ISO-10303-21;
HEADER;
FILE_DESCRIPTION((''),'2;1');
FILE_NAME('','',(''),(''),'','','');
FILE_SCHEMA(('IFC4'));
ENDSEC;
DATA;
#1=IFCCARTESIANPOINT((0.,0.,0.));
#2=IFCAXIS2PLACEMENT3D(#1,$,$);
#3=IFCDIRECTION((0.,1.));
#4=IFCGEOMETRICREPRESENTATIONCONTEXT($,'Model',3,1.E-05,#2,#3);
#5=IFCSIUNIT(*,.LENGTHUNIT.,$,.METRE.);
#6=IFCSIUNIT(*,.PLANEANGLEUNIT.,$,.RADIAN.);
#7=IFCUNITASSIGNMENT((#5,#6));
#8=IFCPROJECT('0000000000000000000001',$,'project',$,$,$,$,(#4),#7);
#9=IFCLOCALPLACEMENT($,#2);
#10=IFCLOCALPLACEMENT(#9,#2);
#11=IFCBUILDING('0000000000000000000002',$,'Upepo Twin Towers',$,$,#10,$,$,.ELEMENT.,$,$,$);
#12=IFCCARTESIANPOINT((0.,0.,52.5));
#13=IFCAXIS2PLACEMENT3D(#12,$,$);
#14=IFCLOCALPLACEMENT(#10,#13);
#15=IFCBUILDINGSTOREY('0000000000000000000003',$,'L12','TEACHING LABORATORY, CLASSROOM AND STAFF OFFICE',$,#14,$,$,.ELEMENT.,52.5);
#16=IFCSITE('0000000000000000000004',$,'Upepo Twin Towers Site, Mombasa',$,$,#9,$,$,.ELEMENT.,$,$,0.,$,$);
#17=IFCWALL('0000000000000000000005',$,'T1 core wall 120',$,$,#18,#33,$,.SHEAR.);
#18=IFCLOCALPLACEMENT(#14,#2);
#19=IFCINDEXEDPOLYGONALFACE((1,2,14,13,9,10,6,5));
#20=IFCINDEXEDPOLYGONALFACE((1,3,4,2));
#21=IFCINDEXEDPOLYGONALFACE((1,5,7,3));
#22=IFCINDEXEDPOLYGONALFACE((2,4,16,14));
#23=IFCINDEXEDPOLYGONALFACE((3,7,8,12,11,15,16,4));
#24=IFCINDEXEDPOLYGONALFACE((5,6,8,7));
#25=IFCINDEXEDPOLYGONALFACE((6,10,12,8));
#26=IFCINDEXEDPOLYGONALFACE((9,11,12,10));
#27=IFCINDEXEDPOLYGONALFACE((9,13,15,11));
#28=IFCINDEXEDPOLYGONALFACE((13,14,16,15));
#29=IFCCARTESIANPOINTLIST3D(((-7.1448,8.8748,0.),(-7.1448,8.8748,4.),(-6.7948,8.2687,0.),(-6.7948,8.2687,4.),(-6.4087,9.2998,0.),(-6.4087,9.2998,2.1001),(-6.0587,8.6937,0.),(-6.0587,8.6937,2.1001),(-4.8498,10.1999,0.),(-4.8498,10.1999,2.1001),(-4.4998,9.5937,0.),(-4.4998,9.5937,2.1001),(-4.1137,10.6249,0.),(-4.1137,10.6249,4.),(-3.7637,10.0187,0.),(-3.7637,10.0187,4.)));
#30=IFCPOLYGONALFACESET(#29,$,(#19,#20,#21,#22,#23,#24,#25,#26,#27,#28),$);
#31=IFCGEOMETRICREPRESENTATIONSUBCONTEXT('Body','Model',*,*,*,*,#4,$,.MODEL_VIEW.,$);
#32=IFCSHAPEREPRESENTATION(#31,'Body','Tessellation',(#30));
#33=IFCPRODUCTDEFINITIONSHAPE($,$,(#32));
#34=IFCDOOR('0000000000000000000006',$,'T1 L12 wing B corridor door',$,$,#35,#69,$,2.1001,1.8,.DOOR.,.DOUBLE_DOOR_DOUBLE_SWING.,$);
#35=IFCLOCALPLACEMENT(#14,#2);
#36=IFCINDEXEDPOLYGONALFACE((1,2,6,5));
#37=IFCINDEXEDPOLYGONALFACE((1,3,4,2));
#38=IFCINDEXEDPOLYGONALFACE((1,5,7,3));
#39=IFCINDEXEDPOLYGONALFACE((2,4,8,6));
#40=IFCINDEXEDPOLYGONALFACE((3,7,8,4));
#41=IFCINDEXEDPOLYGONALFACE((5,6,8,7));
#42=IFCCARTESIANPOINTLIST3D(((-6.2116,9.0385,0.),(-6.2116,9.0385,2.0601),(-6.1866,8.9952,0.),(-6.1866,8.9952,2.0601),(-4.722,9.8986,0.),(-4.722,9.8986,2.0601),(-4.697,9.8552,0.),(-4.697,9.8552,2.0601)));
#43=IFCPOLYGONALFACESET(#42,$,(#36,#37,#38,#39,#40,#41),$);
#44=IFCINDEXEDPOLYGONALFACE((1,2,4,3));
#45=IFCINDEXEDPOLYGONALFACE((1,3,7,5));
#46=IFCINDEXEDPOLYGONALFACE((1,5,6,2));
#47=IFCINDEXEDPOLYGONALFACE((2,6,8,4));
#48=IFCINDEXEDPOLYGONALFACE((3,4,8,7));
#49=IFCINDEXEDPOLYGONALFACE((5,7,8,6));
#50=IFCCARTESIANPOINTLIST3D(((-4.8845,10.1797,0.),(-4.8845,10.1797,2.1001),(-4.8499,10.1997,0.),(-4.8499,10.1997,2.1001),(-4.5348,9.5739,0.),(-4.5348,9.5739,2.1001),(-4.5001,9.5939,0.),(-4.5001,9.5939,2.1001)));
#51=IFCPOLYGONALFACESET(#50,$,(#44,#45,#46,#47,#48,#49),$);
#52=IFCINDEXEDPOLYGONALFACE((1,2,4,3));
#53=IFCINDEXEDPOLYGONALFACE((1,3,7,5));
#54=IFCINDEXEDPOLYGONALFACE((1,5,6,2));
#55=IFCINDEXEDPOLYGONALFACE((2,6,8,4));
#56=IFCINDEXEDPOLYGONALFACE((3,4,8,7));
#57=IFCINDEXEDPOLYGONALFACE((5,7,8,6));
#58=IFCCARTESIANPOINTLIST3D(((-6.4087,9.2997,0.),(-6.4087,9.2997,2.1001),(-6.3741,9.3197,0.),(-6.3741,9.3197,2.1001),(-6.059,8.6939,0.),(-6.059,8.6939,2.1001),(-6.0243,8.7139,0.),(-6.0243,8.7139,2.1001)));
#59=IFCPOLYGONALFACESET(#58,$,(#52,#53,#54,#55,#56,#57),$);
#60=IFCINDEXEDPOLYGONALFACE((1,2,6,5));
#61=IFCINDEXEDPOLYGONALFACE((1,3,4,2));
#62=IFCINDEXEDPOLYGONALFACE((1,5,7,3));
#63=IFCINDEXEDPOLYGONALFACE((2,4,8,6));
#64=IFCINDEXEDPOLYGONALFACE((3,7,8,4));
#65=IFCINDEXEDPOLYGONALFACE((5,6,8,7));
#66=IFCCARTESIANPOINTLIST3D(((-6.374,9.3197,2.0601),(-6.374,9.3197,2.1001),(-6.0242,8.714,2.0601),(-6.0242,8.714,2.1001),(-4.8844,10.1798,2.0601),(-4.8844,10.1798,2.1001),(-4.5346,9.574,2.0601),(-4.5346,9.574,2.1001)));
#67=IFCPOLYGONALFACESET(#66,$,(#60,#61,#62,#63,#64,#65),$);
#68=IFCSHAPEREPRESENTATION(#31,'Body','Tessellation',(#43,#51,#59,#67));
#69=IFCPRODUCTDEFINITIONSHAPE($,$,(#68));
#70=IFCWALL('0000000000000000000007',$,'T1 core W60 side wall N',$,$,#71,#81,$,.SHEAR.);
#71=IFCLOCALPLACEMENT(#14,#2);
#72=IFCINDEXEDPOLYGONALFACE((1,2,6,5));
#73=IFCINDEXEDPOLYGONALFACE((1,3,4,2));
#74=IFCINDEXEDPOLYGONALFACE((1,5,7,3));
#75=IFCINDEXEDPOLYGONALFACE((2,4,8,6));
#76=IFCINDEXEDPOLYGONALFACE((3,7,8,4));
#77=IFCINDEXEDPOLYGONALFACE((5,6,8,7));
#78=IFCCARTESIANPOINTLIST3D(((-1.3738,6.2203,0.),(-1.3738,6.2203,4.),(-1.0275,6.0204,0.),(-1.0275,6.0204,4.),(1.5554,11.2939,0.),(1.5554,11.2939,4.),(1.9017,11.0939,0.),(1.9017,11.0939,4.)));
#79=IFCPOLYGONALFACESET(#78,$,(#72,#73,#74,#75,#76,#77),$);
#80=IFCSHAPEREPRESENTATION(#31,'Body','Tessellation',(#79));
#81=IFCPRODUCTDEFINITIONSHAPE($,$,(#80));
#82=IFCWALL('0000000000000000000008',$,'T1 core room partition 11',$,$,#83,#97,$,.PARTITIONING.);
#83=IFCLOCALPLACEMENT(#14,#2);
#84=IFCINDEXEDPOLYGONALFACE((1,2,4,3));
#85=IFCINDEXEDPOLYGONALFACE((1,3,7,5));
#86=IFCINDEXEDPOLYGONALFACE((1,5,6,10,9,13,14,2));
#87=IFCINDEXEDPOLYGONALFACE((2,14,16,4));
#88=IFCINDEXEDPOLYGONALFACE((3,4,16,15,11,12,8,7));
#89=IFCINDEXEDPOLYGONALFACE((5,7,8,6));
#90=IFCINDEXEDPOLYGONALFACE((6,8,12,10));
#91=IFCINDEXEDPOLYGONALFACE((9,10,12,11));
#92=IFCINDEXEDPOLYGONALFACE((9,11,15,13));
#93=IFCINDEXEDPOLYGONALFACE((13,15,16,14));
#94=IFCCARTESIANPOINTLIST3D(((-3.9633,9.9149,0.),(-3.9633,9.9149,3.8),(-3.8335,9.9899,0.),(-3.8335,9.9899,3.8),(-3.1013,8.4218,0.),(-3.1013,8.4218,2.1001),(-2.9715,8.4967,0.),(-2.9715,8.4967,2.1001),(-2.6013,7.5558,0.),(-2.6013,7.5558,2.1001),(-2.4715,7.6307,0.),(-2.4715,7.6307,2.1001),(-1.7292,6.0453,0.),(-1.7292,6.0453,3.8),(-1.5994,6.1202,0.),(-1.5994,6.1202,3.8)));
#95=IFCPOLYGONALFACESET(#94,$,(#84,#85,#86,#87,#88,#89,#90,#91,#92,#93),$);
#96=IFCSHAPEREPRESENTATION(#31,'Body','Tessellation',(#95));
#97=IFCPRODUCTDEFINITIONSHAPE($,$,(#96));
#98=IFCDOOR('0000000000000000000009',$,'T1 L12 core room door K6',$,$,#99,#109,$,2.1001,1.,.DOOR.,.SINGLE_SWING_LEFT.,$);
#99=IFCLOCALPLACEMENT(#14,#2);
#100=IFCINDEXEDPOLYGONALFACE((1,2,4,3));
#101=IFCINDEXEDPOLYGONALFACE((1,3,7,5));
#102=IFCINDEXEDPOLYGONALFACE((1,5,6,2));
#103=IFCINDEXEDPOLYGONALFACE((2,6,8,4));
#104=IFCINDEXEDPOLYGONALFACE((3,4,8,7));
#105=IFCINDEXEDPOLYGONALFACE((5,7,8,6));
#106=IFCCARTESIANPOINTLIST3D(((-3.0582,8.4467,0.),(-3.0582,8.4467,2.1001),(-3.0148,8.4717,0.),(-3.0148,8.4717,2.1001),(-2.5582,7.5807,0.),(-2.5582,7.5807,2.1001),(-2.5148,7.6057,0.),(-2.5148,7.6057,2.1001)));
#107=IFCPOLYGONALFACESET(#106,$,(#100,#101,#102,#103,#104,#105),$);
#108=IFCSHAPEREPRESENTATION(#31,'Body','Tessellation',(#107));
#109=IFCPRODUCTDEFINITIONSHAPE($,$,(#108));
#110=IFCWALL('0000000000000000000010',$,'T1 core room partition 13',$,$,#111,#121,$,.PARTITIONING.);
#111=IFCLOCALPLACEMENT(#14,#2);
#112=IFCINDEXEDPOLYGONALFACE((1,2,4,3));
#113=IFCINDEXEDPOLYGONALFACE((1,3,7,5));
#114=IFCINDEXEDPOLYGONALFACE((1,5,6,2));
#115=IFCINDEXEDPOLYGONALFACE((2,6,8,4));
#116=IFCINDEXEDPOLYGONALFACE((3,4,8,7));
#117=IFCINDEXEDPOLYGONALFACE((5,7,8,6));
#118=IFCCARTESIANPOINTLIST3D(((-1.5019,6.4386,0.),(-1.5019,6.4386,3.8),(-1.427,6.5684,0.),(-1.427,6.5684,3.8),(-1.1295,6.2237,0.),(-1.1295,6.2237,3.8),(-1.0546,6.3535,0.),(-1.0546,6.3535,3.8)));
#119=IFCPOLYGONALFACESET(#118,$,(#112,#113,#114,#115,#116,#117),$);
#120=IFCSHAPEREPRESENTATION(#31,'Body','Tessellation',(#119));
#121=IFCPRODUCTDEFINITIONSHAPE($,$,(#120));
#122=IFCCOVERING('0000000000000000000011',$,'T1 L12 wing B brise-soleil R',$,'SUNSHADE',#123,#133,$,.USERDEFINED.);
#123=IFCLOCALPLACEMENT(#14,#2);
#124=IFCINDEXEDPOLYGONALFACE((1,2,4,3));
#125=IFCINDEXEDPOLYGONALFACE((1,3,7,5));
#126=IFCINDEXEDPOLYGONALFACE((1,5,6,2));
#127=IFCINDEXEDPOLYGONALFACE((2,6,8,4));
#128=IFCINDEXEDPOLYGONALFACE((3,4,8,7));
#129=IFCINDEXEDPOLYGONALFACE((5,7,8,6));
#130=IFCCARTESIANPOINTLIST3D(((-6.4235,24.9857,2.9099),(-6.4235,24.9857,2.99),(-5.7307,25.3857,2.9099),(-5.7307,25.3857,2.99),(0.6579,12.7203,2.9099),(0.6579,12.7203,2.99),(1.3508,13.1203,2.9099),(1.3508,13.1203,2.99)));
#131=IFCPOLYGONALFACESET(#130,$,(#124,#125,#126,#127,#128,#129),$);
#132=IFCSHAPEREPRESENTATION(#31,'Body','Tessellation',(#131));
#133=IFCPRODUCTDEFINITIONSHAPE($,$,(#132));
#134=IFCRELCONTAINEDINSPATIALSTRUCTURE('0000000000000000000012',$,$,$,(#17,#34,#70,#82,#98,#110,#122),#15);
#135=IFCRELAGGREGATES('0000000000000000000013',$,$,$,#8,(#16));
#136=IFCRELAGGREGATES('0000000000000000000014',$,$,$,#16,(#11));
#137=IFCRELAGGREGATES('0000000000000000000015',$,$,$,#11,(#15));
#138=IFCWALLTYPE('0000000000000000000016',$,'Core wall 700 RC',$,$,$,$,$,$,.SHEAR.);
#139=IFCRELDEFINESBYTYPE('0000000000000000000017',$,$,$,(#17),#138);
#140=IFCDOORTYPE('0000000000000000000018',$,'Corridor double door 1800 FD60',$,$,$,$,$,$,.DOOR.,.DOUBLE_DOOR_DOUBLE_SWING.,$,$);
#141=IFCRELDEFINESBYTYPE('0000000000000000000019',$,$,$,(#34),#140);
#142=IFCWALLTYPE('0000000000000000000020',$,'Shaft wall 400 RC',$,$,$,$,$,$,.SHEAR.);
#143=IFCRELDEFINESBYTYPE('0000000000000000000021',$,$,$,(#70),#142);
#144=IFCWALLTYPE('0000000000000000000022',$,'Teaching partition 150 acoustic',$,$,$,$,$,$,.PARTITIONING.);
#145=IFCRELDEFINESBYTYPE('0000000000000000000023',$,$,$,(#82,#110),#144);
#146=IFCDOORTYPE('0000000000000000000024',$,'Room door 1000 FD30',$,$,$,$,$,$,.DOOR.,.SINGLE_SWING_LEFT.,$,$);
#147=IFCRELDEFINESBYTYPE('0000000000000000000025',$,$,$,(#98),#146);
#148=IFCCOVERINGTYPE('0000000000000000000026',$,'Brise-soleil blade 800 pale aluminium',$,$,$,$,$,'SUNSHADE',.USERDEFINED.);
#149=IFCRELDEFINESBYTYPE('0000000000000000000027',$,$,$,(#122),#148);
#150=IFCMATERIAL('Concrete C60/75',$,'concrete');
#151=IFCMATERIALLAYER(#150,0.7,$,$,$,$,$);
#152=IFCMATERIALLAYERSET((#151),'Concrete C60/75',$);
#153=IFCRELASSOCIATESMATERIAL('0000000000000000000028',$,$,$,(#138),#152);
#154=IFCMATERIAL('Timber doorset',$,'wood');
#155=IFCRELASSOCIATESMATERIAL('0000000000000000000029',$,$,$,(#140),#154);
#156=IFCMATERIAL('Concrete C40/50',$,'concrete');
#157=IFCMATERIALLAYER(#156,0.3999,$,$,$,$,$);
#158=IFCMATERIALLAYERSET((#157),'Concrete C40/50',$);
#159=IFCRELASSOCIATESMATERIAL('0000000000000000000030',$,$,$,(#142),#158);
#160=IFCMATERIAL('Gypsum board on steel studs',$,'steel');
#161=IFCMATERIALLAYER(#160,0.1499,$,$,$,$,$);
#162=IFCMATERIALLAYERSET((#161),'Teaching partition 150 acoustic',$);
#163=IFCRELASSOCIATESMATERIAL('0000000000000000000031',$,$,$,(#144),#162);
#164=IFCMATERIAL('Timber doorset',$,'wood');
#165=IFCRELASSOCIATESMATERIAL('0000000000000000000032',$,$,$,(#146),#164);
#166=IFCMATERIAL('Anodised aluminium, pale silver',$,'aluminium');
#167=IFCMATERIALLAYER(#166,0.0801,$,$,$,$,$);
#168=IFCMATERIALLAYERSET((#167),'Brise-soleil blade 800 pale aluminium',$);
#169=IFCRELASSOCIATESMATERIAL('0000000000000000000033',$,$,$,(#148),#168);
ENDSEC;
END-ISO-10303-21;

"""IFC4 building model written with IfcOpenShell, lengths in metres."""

from ifc_helpers import new_model, si_unit, direction, frame, frame_2d, origin, origin_2d, place, context, subcontext, project, spatial, rectangle, extrude, material, layer, layer_set, type_object, element, fill, save


model = new_model("IFC4")

# Units and contexts
model_context = context("Model", 3, precision=1e-05, world=origin(), true_north=direction((0.0, 1.0)))
body_context = subcontext(model_context, "Body", "Model", "MODEL_VIEW")
ifc_project = project(units=[si_unit("LENGTHUNIT", "METRE"), si_unit("PLANEANGLEUNIT", "RADIAN")], contexts=[model_context])

# Site, building, storey
site_placement = place(None, origin())
site = spatial("IfcSite", under=ifc_project, at=site_placement, Name="Upepo Twin Towers Site, Mombasa", CompositionType="ELEMENT", RefElevation=0.0)
building_placement = place(site_placement, origin())
building = spatial("IfcBuilding", under=site, at=building_placement, Name="Upepo Twin Towers", CompositionType="ELEMENT")
storey_placement = place(building_placement, frame((0.0, 0.0, 52.5)))
storey = spatial("IfcBuildingStorey", under=building, at=storey_placement, Name="L12", Description="TEACHING LABORATORY, CLASSROOM AND STAFF OFFICE", CompositionType="ELEMENT", Elevation=52.5)

# Shared definitions
ifc_material_1 = material(Name="Concrete C60/75", Category="concrete")
ifc_layer_1 = layer(ifc_material_1, 0.7)
ifc_layer_set_1 = layer_set([ifc_layer_1], Name="Concrete C60/75")
wall_type_1 = type_object("IfcWallType", Name="Core wall 700 RC", PredefinedType="SHEAR", material=ifc_layer_set_1)

# Wall, opening, door
wall_1_placement = place(storey_placement, frame((-3.9387, 10.3218, 0.0), z_axis=(0.0, 0.0, 1.0), x_axis=(-0.866019, -0.50001, 0.0)))
wall_1 = element("IfcWall", 1, at=wall_1_placement, inside=storey, type_object=wall_type_1, Name="T1 core wall 120", PredefinedType="SHEAR", context=body_context, shape_type="SweptSolid", body=[
    extrude(rectangle(XDim=3.5, YDim=0.7, at=frame_2d((1.75, 0.0))), origin(), (0.0, 0.0, 1.0), 4.0),
])
opening_1_placement = place(wall_1_placement, frame((0.8501, 0.0, 0.0)))
opening_1 = element("IfcOpeningElement", 2, at=opening_1_placement, cuts=wall_1, PredefinedType="OPENING", context=body_context, shape_type="SweptSolid", body=[
    extrude(rectangle(XDim=1.8, YDim=2.1001, at=frame_2d((0.8999, 1.05))), frame((0.0, 0.3599, 0.0), z_axis=(0.0, -1.0, 0.0), x_axis=(1.0, 0.0, 0.0)), (0.0, 0.0, 1.0), 0.72),
])
ifc_material_2 = material(Name="Timber doorset", Category="wood")
door_type_1 = type_object("IfcDoorType", Name="Corridor double door 1800 FD60", OperationType="DOUBLE_DOOR_DOUBLE_SWING", PredefinedType="DOOR", material=ifc_material_2)
door_1_placement = place(opening_1_placement, origin())
door_1 = element("IfcDoor", 3, at=door_1_placement, inside=storey, type_object=door_type_1, Name="T1 L12 wing B corridor door", OperationType="DOUBLE_DOOR_DOUBLE_SWING", OverallHeight=2.1001, OverallWidth=1.8, PredefinedType="DOOR", context=body_context, shape_type="SweptSolid", body=[
    extrude(rectangle(XDim=1.72, YDim=2.0601, at=frame_2d((0.8999, 1.03))), frame((0.0, 0.0249, 0.0), z_axis=(0.0, -1.0, 0.0), x_axis=(1.0, 0.0, 0.0)), (0.0, 0.0, 1.0), 0.05),
    extrude(rectangle(XDim=0.04, YDim=2.1001, at=frame_2d((0.02, 1.05))), frame((0.0, 0.3496, 0.0), z_axis=(0.0, -1.0, 0.0), x_axis=(1.0, 0.0, 0.0)), (0.0, 0.0, 1.0), 0.6995),
    extrude(rectangle(XDim=0.04, YDim=2.1001, at=frame_2d((1.78, 1.05))), frame((0.0, 0.3496, 0.0), z_axis=(0.0, -1.0, 0.0), x_axis=(1.0, 0.0, 0.0)), (0.0, 0.0, 1.0), 0.6995),
    extrude(rectangle(XDim=1.72, YDim=0.04, at=frame_2d((0.8999, 2.0801))), frame((0.0, 0.3496, 0.0), z_axis=(0.0, -1.0, 0.0), x_axis=(1.0, 0.0, 0.0)), (0.0, 0.0, 1.0), 0.6995),
])
fill(opening_1, door_1)

# Wall
ifc_material_3 = material(Name="Concrete C40/50", Category="concrete")
ifc_layer_2 = layer(ifc_material_3, 0.3999)
ifc_layer_set_2 = layer_set([ifc_layer_2], Name="Concrete C40/50")
wall_type_2 = type_object("IfcWallType", Name="Shaft wall 400 RC", PredefinedType="SHEAR", material=ifc_layer_set_2)
wall_2_placement = place(storey_placement, frame((-1.2007, 6.1204, 0.0), z_axis=(0.0, 0.0, 1.0), x_axis=(0.500003, 0.866024, 0.0)))
element("IfcWall", 4, at=wall_2_placement, inside=storey, type_object=wall_type_2, Name="T1 core W60 side wall N", PredefinedType="SHEAR", context=body_context, shape_type="SweptSolid", body=[
    extrude(rectangle(XDim=5.8584, YDim=0.3999, at=frame_2d((2.9292, 0.0))), origin(), (0.0, 0.0, 1.0), 4.0),
])

# Wall, opening, door
ifc_material_4 = material(Name="Gypsum board on steel studs", Category="steel")
ifc_layer_3 = layer(ifc_material_4, 0.1499)
ifc_layer_set_3 = layer_set([ifc_layer_3], Name="Teaching partition 150 acoustic")
wall_type_3 = type_object("IfcWallType", Name="Teaching partition 150 acoustic", PredefinedType="PARTITIONING", material=ifc_layer_set_3)
wall_3_placement = place(storey_placement, frame((-3.8984, 9.9524, 0.0), z_axis=(0.0, 0.0, 1.0), x_axis=(0.5, -0.866025, 0.0)))
wall_3 = element("IfcWall", 5, at=wall_3_placement, inside=storey, type_object=wall_type_3, Name="T1 core room partition 11", PredefinedType="PARTITIONING", context=body_context, shape_type="SweptSolid", body=[
    extrude(rectangle(XDim=4.4683, YDim=0.1499, at=frame_2d((2.2341, 0.0))), origin(), (0.0, 0.0, 1.0), 3.8),
])
opening_2_placement = place(wall_3_placement, frame((1.7241, 0.0, 0.0)))
opening_2 = element("IfcOpeningElement", 6, at=opening_2_placement, cuts=wall_3, PredefinedType="OPENING", context=body_context, shape_type="SweptSolid", body=[
    extrude(rectangle(XDim=1.0, YDim=2.1001, at=frame_2d((0.5, 1.05))), frame((0.0, 0.085, 0.0), z_axis=(0.0, -1.0, 0.0), x_axis=(1.0, 0.0, 0.0)), (0.0, 0.0, 1.0), 0.1699),
])
ifc_material_5 = material(Name="Timber doorset", Category="wood")
door_type_2 = type_object("IfcDoorType", Name="Room door 1000 FD30", OperationType="SINGLE_SWING_LEFT", PredefinedType="DOOR", material=ifc_material_5)
door_2_placement = place(opening_2_placement, origin())
door_2 = element("IfcDoor", 7, at=door_2_placement, inside=storey, type_object=door_type_2, Name="T1 L12 core room door K6", OperationType="SINGLE_SWING_LEFT", OverallHeight=2.1001, OverallWidth=1.0, PredefinedType="DOOR", context=body_context, shape_type="SweptSolid", body=[
    extrude(rectangle(XDim=1.0, YDim=2.1001, at=frame_2d((0.5, 1.05))), frame((0.0, 0.0249, 0.0), z_axis=(0.0, -1.0, 0.0), x_axis=(1.0, 0.0, 0.0)), (0.0, 0.0, 1.0), 0.05),
])
fill(opening_2, door_2)

# Wall
wall_4_placement = place(storey_placement, frame((-1.4644, 6.5034, 0.0), z_axis=(0.0, 0.0, 1.0), x_axis=(0.866138, -0.499804, 0.0)))
element("IfcWall", 8, at=wall_4_placement, inside=storey, type_object=wall_type_3, Name="T1 core room partition 13", PredefinedType="PARTITIONING", context=body_context, shape_type="SweptSolid", body=[
    extrude(rectangle(XDim=0.4299, YDim=0.1499, at=frame_2d((0.2148, 0.0))), origin(), (0.0, 0.0, 1.0), 3.8),
])

# Covering
ifc_material_6 = material(Name="Anodised aluminium, pale silver", Category="aluminium")
ifc_layer_4 = layer(ifc_material_6, 0.0801)
ifc_layer_set_4 = layer_set([ifc_layer_4], Name="Brise-soleil blade 800 pale aluminium")
covering_type = type_object("IfcCoveringType", Name="Brise-soleil blade 800 pale aluminium", ElementType="SUNSHADE", PredefinedType="USERDEFINED", material=ifc_layer_set_4)
covering_placement = place(storey_placement, frame((-2.5364, 19.053, 2.9099), z_axis=(0.0, 0.0, 1.0), x_axis=(-0.5, 0.866025, 0.0)))
element("IfcCovering", 9, at=covering_placement, inside=storey, type_object=covering_type, Name="T1 L12 wing B brise-soleil R", ObjectType="SUNSHADE", PredefinedType="USERDEFINED", context=body_context, shape_type="SweptSolid", body=[
    extrude(rectangle(XDim=14.1628, YDim=0.8, at=origin_2d()), origin(), (0.0, 0.0, 1.0), 0.0801),
])

save(model, "model.ifc")
